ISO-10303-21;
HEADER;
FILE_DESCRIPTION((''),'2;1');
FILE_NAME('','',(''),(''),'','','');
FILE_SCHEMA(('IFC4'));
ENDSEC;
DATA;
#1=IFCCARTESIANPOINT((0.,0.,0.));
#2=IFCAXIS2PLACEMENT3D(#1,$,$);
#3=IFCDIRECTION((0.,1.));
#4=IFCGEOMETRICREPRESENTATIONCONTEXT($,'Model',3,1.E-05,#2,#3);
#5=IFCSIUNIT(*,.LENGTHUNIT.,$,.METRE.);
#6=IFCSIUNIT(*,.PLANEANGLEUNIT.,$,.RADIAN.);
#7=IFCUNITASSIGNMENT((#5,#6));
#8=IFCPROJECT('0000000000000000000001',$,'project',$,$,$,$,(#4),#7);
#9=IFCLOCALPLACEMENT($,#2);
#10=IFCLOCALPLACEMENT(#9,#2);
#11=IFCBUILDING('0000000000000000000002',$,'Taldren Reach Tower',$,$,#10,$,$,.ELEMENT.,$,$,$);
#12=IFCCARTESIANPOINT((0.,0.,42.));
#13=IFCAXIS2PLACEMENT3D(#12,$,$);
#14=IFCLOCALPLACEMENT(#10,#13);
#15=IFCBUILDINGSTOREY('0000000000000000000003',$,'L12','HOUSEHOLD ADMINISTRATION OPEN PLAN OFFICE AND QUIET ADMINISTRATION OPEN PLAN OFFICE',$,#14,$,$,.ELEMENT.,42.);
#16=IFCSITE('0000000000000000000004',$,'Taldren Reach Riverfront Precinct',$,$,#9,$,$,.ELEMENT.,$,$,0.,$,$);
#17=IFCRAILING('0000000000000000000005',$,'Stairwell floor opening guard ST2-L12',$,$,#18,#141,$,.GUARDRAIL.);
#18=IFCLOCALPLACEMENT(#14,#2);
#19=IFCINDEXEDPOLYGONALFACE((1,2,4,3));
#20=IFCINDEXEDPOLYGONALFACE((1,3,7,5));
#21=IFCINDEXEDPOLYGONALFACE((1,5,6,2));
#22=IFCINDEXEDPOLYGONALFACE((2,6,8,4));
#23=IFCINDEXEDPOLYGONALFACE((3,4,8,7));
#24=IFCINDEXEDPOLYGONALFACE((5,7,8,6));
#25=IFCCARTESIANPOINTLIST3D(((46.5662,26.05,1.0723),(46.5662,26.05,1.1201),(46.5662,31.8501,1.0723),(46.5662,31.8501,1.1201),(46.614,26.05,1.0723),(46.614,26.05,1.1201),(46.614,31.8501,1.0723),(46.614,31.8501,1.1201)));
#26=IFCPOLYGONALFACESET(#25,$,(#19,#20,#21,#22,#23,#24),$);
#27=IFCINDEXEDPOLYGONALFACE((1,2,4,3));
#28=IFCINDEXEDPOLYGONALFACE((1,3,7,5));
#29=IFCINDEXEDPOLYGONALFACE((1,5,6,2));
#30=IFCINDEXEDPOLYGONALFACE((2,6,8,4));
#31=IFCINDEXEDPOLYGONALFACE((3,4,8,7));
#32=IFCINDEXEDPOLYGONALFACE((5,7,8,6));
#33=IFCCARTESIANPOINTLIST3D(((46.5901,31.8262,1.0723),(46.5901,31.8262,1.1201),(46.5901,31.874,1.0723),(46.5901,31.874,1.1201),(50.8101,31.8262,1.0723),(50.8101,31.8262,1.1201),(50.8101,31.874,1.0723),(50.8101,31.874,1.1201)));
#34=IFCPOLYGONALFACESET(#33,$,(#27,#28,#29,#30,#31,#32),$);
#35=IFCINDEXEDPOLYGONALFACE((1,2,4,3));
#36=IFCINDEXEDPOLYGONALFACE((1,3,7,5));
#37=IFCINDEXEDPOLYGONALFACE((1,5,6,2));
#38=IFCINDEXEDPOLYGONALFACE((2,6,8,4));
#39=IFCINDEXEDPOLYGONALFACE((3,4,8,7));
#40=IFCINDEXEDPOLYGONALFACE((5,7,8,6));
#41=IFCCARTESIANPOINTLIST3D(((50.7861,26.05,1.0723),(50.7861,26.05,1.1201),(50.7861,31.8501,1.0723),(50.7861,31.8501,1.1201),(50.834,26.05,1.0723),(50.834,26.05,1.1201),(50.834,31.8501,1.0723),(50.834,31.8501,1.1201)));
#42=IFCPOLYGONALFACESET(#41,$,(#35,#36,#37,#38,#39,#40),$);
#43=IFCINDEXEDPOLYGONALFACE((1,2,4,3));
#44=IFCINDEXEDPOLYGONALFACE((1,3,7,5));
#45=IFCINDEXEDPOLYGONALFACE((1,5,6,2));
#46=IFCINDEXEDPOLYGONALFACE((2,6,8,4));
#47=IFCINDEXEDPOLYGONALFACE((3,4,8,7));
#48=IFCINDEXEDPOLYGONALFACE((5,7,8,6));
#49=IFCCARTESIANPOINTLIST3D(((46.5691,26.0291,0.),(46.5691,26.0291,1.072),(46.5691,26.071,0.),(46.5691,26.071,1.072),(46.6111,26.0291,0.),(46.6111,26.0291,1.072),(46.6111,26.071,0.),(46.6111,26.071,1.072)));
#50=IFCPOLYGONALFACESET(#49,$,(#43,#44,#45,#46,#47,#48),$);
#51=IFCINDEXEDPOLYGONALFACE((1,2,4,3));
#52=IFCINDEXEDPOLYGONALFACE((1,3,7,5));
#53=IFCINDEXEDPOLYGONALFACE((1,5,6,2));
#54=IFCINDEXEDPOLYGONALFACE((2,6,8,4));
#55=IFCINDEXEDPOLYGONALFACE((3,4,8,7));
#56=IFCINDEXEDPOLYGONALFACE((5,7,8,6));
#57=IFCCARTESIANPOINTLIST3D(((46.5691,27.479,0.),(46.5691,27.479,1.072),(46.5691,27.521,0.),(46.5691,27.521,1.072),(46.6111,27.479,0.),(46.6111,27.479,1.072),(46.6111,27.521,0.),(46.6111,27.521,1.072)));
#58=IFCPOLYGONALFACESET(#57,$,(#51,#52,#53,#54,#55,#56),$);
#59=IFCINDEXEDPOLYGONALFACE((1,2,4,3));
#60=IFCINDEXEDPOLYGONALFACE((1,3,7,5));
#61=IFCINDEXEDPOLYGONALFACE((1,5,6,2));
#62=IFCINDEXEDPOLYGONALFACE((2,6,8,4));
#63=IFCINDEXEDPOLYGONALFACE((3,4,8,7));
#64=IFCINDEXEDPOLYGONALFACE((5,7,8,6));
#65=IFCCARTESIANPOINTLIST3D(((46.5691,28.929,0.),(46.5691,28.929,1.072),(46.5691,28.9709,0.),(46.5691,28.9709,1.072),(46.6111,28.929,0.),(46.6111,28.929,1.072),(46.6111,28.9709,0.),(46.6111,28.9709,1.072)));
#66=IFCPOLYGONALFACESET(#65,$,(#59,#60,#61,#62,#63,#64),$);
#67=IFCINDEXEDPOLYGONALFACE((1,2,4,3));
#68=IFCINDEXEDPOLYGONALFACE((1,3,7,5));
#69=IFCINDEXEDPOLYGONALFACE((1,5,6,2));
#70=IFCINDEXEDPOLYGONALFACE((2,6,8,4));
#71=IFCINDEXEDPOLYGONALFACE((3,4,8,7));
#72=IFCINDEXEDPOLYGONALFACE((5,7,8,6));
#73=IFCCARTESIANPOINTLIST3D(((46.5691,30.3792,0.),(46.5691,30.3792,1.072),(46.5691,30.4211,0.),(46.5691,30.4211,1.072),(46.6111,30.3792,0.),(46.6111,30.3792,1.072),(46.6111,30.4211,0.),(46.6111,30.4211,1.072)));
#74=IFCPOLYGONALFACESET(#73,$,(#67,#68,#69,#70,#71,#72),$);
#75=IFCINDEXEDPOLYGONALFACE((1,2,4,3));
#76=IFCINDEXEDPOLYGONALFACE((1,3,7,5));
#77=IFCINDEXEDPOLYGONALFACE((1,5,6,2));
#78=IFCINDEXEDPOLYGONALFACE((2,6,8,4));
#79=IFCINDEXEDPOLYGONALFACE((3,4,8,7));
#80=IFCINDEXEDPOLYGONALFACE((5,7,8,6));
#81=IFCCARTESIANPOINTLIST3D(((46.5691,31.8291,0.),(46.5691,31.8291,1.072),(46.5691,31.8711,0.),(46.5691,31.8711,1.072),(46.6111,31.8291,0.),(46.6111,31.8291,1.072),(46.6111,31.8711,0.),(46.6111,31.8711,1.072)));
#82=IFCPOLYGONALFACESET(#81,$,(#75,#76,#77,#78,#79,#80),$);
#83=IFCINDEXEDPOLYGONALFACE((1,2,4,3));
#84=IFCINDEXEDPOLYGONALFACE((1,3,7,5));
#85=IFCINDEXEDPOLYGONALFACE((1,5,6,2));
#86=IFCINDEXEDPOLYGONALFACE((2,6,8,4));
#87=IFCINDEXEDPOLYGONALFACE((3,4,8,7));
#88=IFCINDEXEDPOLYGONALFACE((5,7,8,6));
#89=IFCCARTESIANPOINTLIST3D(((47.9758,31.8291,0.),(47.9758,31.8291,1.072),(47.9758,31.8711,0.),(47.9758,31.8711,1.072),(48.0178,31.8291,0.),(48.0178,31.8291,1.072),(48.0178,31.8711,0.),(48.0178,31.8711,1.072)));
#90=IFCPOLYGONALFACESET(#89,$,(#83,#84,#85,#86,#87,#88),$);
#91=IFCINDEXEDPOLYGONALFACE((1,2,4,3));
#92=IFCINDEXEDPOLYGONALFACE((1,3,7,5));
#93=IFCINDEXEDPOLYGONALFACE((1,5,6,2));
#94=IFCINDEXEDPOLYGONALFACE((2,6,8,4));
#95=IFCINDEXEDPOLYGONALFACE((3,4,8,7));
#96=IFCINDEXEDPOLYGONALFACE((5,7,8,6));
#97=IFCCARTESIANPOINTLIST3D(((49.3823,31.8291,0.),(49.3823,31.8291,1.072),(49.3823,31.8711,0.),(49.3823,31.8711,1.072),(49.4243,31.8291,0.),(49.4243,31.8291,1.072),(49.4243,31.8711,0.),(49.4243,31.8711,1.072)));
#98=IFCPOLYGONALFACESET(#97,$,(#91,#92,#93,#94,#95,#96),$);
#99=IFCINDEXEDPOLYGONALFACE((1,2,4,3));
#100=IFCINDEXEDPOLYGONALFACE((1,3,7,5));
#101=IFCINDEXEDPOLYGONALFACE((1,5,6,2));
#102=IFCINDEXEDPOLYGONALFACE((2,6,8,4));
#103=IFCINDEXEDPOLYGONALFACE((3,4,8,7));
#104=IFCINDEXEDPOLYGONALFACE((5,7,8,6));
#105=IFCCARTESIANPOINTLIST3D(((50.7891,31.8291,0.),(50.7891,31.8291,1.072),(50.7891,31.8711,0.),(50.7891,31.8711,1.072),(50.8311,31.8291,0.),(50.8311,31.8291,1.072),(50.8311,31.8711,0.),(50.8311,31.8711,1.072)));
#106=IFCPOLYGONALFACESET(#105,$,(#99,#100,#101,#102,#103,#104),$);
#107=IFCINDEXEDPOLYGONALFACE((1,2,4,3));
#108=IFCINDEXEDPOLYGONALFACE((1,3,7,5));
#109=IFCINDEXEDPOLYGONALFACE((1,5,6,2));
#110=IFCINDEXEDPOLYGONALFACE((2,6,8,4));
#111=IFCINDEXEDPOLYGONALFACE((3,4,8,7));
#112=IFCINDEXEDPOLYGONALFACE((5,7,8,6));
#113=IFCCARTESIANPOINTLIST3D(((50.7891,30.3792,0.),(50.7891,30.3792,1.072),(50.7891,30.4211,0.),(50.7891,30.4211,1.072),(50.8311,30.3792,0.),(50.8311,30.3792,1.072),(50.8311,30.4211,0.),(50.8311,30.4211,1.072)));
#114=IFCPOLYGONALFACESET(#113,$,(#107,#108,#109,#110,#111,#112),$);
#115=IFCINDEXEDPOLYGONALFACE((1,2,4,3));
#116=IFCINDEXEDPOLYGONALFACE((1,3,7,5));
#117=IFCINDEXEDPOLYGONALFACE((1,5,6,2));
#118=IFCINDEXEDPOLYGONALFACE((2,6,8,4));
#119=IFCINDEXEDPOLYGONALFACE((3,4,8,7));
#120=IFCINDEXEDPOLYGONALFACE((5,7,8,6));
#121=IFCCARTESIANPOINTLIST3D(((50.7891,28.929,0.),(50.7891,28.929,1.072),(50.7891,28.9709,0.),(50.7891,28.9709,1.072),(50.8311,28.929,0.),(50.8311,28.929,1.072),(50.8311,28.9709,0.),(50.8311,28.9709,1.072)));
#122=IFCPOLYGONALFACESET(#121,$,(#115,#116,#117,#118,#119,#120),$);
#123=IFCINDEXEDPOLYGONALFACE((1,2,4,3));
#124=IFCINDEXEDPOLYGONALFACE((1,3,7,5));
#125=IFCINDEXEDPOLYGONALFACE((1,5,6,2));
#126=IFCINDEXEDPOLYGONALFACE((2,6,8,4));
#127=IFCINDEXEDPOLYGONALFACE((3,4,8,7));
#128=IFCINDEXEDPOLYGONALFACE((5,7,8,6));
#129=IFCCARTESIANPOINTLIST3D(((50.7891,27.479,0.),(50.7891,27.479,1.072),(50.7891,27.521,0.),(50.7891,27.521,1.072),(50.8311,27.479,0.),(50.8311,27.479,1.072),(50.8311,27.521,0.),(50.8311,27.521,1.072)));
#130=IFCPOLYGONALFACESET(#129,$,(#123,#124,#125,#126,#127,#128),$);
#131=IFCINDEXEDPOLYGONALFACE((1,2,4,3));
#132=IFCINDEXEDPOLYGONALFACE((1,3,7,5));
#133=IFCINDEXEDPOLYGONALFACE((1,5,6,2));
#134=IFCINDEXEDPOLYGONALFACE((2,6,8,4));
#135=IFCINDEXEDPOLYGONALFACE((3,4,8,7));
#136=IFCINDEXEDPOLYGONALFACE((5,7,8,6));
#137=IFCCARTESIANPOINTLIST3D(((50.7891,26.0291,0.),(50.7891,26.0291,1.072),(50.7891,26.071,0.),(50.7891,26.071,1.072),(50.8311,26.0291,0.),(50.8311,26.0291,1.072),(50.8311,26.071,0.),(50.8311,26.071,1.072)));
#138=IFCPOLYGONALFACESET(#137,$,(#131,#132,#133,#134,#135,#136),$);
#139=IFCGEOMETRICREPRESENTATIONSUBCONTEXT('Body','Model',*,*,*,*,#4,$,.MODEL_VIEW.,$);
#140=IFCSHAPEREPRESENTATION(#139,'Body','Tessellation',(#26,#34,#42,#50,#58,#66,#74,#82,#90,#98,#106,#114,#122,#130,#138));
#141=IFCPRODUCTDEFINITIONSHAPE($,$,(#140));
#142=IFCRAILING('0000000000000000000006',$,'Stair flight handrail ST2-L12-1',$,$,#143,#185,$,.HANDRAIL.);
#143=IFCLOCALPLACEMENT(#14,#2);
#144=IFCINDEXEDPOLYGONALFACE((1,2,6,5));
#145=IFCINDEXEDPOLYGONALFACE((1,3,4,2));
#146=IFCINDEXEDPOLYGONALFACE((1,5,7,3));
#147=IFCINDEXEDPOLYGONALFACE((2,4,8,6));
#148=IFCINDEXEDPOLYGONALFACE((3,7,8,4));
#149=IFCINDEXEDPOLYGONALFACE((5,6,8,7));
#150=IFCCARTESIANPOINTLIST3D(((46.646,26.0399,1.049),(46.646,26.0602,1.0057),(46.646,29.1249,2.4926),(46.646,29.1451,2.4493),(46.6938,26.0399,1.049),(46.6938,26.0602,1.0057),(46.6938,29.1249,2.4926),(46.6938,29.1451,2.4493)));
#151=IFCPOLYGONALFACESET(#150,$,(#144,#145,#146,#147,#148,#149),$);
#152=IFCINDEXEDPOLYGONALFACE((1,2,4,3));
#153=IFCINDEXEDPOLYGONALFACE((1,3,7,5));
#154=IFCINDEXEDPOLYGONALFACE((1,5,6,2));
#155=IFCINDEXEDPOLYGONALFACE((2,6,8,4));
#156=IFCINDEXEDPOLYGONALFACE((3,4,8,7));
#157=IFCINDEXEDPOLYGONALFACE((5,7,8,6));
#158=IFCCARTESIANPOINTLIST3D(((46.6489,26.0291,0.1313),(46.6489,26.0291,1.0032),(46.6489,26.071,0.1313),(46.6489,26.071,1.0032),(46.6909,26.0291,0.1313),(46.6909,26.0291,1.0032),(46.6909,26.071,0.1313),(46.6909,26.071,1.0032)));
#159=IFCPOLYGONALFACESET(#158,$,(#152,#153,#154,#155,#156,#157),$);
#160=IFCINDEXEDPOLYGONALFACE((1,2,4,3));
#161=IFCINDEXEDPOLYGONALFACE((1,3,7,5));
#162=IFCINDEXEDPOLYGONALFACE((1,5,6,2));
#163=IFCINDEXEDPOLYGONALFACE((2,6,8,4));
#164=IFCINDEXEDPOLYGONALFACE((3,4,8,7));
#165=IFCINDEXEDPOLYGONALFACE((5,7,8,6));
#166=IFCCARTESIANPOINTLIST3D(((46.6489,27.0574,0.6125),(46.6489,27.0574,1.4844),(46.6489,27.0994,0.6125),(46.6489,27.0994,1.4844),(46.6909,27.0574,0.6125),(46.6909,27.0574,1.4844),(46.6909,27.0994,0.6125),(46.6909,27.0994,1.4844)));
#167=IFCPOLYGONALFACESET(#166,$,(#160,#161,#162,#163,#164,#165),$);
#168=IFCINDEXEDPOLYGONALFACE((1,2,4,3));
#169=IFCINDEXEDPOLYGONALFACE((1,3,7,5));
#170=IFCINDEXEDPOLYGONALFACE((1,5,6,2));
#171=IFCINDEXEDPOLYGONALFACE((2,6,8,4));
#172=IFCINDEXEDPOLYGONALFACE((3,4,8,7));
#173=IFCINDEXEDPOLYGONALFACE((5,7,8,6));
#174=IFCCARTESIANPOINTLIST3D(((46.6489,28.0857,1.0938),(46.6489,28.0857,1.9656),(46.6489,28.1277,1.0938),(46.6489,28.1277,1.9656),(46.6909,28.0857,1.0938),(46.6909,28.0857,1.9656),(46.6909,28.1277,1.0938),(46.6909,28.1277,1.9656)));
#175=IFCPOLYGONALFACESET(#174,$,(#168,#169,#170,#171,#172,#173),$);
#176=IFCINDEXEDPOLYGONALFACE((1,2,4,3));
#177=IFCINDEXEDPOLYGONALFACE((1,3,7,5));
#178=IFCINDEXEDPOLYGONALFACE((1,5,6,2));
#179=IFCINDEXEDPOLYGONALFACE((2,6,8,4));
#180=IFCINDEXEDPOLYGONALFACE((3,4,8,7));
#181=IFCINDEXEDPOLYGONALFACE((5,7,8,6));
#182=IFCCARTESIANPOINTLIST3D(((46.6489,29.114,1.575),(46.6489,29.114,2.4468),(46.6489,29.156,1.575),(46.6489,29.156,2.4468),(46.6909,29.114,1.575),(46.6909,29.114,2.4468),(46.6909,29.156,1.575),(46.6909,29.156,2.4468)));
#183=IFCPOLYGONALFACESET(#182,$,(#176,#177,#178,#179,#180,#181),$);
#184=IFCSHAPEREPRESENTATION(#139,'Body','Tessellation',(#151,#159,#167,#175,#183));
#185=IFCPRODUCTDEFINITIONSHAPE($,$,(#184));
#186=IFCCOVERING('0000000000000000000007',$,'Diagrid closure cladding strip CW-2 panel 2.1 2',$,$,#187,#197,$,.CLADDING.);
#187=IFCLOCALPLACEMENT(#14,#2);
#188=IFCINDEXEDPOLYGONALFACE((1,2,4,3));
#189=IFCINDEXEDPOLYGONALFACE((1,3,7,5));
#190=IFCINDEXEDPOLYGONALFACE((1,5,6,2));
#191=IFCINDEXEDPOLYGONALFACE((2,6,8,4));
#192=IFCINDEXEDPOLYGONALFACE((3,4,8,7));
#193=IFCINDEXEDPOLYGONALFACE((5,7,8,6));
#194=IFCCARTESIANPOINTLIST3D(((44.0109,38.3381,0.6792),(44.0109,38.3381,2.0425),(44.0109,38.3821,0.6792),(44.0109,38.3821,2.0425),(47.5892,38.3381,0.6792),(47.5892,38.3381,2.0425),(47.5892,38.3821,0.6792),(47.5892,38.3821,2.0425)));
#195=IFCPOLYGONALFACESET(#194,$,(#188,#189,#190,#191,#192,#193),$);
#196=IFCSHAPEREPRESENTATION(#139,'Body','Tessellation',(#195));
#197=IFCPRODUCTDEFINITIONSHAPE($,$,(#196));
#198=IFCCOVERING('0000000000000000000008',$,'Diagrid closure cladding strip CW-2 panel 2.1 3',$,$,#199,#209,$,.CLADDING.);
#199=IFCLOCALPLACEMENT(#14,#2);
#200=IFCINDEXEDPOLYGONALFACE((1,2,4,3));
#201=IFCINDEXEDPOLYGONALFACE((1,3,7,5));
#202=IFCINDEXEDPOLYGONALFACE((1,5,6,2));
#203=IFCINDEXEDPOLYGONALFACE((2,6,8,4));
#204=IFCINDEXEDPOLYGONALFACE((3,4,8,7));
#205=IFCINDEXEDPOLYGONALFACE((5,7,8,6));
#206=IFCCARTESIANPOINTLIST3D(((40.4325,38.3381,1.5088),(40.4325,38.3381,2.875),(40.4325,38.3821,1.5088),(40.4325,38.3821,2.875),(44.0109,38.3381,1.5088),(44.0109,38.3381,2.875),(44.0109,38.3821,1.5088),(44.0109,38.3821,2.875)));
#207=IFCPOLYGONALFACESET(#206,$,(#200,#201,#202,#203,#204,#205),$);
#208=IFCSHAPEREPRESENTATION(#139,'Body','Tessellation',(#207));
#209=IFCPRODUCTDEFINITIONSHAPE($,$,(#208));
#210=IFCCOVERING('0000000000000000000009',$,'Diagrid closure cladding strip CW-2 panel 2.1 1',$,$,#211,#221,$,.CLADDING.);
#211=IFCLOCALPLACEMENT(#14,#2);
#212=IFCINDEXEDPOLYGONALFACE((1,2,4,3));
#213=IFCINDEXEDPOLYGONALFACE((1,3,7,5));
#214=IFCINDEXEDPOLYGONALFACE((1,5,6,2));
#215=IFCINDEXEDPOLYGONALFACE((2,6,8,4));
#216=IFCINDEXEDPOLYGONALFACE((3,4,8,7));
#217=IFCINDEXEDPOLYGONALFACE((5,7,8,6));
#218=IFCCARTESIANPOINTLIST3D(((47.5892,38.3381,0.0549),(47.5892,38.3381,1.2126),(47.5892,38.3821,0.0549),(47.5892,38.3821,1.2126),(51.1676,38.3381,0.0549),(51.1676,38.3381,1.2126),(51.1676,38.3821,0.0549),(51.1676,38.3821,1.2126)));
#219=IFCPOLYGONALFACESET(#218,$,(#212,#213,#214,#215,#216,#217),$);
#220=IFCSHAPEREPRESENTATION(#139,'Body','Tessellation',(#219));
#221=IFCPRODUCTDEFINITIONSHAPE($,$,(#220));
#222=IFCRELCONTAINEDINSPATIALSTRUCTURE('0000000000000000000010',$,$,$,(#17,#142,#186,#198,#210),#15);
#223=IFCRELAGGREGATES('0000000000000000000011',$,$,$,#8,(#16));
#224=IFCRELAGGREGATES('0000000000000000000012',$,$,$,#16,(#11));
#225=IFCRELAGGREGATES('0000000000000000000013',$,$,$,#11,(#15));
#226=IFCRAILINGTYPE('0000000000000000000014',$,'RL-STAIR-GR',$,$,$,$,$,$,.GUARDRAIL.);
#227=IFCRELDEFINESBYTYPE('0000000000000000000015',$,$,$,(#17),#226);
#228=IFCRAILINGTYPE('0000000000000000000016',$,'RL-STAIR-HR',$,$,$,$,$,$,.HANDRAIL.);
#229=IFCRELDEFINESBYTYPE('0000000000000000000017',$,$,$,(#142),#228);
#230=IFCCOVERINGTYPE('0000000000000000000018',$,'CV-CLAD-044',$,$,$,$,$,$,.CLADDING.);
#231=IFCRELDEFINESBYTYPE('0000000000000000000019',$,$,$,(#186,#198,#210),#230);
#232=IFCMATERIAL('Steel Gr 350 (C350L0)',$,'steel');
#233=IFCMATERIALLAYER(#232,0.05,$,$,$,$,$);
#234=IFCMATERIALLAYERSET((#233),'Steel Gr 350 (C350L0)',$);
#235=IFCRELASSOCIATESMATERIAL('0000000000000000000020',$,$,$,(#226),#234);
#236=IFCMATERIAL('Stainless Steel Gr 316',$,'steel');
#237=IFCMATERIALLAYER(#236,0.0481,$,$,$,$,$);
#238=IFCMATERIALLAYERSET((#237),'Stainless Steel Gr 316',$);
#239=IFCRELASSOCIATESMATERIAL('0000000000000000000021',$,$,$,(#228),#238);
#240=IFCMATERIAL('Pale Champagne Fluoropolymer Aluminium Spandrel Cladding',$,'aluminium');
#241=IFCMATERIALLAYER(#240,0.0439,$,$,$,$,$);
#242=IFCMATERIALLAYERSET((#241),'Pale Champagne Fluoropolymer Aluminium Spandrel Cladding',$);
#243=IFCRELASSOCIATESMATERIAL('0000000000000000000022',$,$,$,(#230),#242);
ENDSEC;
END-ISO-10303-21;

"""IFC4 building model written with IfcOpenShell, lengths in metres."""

from ifc_helpers import new_model, si_unit, direction, frame, origin, origin_2d, place, context, subcontext, project, spatial, rectangle, extrude, source, transform, mapped, material, layer, layer_set, type_object, element, save


model = new_model("IFC4")

# Units and contexts
model_context = context("Model", 3, precision=1e-05, world=origin(), true_north=direction((0.0, 1.0)))
body_context = subcontext(model_context, "Body", "Model", "MODEL_VIEW")
ifc_project = project(units=[si_unit("LENGTHUNIT", "METRE"), si_unit("PLANEANGLEUNIT", "RADIAN")], contexts=[model_context])

# Site, building, storey
site_placement = place(None, origin())
site = spatial("IfcSite", under=ifc_project, at=site_placement, Name="Taldren Reach Riverfront Precinct", CompositionType="ELEMENT", RefElevation=0.0)
building_placement = place(site_placement, origin())
building = spatial("IfcBuilding", under=site, at=building_placement, Name="Taldren Reach Tower", CompositionType="ELEMENT")
storey_placement = place(building_placement, frame((0.0, 0.0, 42.0)))
storey = spatial("IfcBuildingStorey", under=building, at=storey_placement, Name="L12", Description="HOUSEHOLD ADMINISTRATION OPEN PLAN OFFICE AND QUIET ADMINISTRATION OPEN PLAN OFFICE", CompositionType="ELEMENT", Elevation=42.0)

# Shared definitions
ifc_material_1 = material(Name="Steel Gr 350 (C350L0)", Category="steel")

# Railings
ifc_layer_1 = layer(ifc_material_1, 0.05)
ifc_layer_set_1 = layer_set([ifc_layer_1], Name="Steel Gr 350 (C350L0)")
railing_type_1 = type_object("IfcRailingType", Name="RL-STAIR-GR", PredefinedType="GUARDRAIL", material=ifc_layer_set_1)
railing_1_placement = place(storey_placement, frame((46.5901, 26.05, 0.0)))
element("IfcRailing", 1, at=railing_1_placement, inside=storey, type_object=railing_type_1, Name="Stairwell floor opening guard ST2-L12", PredefinedType="GUARDRAIL", context=body_context, shape_type="SweptSolid", body=[
    extrude(rectangle(XDim=0.0479, YDim=0.0479, at=origin_2d()), frame((0.0, 0.0, 1.0962), z_axis=(0.0, 1.0, 0.0), x_axis=(-1.0, 0.0, 0.0)), (0.0, 0.0, 1.0), 5.8),
    extrude(rectangle(XDim=0.0479, YDim=0.0479, at=origin_2d()), frame((0.0, 5.8, 1.0962), z_axis=(1.0, 0.0, 0.0), x_axis=(0.0, 1.0, 0.0)), (0.0, 0.0, 1.0), 4.22),
    extrude(rectangle(XDim=0.0479, YDim=0.0479, at=origin_2d()), frame((4.22, 5.8, 1.0962), z_axis=(0.0, -1.0, 0.0), x_axis=(1.0, 0.0, 0.0)), (0.0, 0.0, 1.0), 5.8),
    extrude(rectangle(XDim=0.042, YDim=0.042, at=origin_2d()), origin(), (0.0, 0.0, 1.0), 1.072),
    extrude(rectangle(XDim=0.042, YDim=0.042, at=origin_2d()), frame((0.0, 1.45, 0.0)), (0.0, 0.0, 1.0), 1.072),
    extrude(rectangle(XDim=0.042, YDim=0.042, at=origin_2d()), frame((0.0, 2.8999, 0.0)), (0.0, 0.0, 1.0), 1.072),
    extrude(rectangle(XDim=0.042, YDim=0.042, at=origin_2d()), frame((0.0, 4.3501, 0.0)), (0.0, 0.0, 1.0), 1.072),
    extrude(rectangle(XDim=0.042, YDim=0.042, at=origin_2d()), frame((0.0, 5.8, 0.0)), (0.0, 0.0, 1.0), 1.072),
    extrude(rectangle(XDim=0.042, YDim=0.042, at=origin_2d()), frame((1.4067, 5.8, 0.0)), (0.0, 0.0, 1.0), 1.072),
    extrude(rectangle(XDim=0.042, YDim=0.042, at=origin_2d()), frame((2.8132, 5.8, 0.0)), (0.0, 0.0, 1.0), 1.072),
    extrude(rectangle(XDim=0.042, YDim=0.042, at=origin_2d()), frame((4.22, 5.8, 0.0)), (0.0, 0.0, 1.0), 1.072),
    extrude(rectangle(XDim=0.042, YDim=0.042, at=origin_2d()), frame((4.22, 4.3501, 0.0)), (0.0, 0.0, 1.0), 1.072),
    extrude(rectangle(XDim=0.042, YDim=0.042, at=origin_2d()), frame((4.22, 2.8999, 0.0)), (0.0, 0.0, 1.0), 1.072),
    extrude(rectangle(XDim=0.042, YDim=0.042, at=origin_2d()), frame((4.22, 1.45, 0.0)), (0.0, 0.0, 1.0), 1.072),
    extrude(rectangle(XDim=0.042, YDim=0.042, at=origin_2d()), frame((4.22, 0.0, 0.0)), (0.0, 0.0, 1.0), 1.072),
])
ifc_material_2 = material(Name="Stainless Steel Gr 316", Category="steel")
ifc_layer_2 = layer(ifc_material_2, 0.0481)
ifc_layer_set_2 = layer_set([ifc_layer_2], Name="Stainless Steel Gr 316")
railing_type_2 = type_object("IfcRailingType", Name="RL-STAIR-HR", PredefinedType="HANDRAIL", material=ifc_layer_set_2)
railing_2_placement = place(storey_placement, frame((46.6699, 26.05, 0.1313)))
element("IfcRailing", 2, at=railing_2_placement, inside=storey, type_object=railing_type_2, Name="Stair flight handrail ST2-L12-1", PredefinedType="HANDRAIL", context=body_context, shape_type="SweptSolid", body=[
    extrude(rectangle(XDim=0.0479, YDim=0.0479, at=origin_2d()), frame((0.0, 0.0, 0.896), z_axis=(0.0, 0.905738, 0.423839), x_axis=(-1.0, 0.0, 0.0)), (0.0, 0.0, 1.0), 3.406),
    extrude(rectangle(XDim=0.042, YDim=0.042, at=origin_2d()), origin(), (0.0, 0.0, 1.0), 0.8718),
    extrude(rectangle(XDim=0.042, YDim=0.042, at=origin_2d()), frame((0.0, 1.0283, 0.4812)), (0.0, 0.0, 1.0), 0.8718),
    extrude(rectangle(XDim=0.042, YDim=0.042, at=origin_2d()), frame((0.0, 2.0566, 0.9624)), (0.0, 0.0, 1.0), 0.8718),
    extrude(rectangle(XDim=0.042, YDim=0.042, at=origin_2d()), frame((0.0, 3.085, 1.4436)), (0.0, 0.0, 1.0), 0.8718),
])

# Coverings
ifc_material_3 = material(Name="Pale Champagne Fluoropolymer Aluminium Spandrel Cladding", Category="aluminium")
ifc_layer_3 = layer(ifc_material_3, 0.0439)
ifc_layer_set_3 = layer_set([ifc_layer_3], Name="Pale Champagne Fluoropolymer Aluminium Spandrel Cladding")
covering_type = type_object("IfcCoveringType", Name="CV-CLAD-044", PredefinedType="CLADDING", material=ifc_layer_set_3)
shared_shape_1 = source(origin(), body_context, "Body", "SweptSolid", [
    extrude(rectangle(XDim=3.5784, YDim=0.0439, at=origin_2d()), origin(), (0.0, 0.0, 1.0), 1.3633),
])
covering_1_placement = place(storey_placement, frame((45.8, 38.3601, 0.6792), z_axis=(0.0, 0.0, 1.0), x_axis=(-1.0, 0.0, 0.0)))
element("IfcCovering", 3, at=covering_1_placement, inside=storey, type_object=covering_type, Name="Diagrid closure cladding strip CW-2 panel 2.1 2", PredefinedType="CLADDING", context=body_context, shape_type="MappedRepresentation", body=[
    mapped(shared_shape_1, transform((0.0, 0.0, 0.0), scale=1.0)),
])
shared_shape_2 = source(origin(), body_context, "Body", "SweptSolid", [
    extrude(rectangle(XDim=3.5784, YDim=0.0439, at=origin_2d()), origin(), (0.0, 0.0, 1.0), 1.3662),
])
covering_2_placement = place(storey_placement, frame((42.2217, 38.3601, 1.5088), z_axis=(0.0, 0.0, 1.0), x_axis=(-1.0, 0.0, 0.0)))
element("IfcCovering", 4, at=covering_2_placement, inside=storey, type_object=covering_type, Name="Diagrid closure cladding strip CW-2 panel 2.1 3", PredefinedType="CLADDING", context=body_context, shape_type="MappedRepresentation", body=[
    mapped(shared_shape_2, transform((0.0, 0.0, 0.0), scale=1.0)),
])
shared_shape_3 = source(origin(), body_context, "Body", "SweptSolid", [
    extrude(rectangle(XDim=3.5784, YDim=0.0439, at=origin_2d()), origin(), (0.0, 0.0, 1.0), 1.1577),
])
covering_3_placement = place(storey_placement, frame((49.3784, 38.3601, 0.0549), z_axis=(0.0, 0.0, 1.0), x_axis=(-1.0, 0.0, 0.0)))
element("IfcCovering", 5, at=covering_3_placement, inside=storey, type_object=covering_type, Name="Diagrid closure cladding strip CW-2 panel 2.1 1", PredefinedType="CLADDING", context=body_context, shape_type="MappedRepresentation", body=[
    mapped(shared_shape_3, transform((0.0, 0.0, 0.0), scale=1.0)),
])

save(model, "model.ifc")
